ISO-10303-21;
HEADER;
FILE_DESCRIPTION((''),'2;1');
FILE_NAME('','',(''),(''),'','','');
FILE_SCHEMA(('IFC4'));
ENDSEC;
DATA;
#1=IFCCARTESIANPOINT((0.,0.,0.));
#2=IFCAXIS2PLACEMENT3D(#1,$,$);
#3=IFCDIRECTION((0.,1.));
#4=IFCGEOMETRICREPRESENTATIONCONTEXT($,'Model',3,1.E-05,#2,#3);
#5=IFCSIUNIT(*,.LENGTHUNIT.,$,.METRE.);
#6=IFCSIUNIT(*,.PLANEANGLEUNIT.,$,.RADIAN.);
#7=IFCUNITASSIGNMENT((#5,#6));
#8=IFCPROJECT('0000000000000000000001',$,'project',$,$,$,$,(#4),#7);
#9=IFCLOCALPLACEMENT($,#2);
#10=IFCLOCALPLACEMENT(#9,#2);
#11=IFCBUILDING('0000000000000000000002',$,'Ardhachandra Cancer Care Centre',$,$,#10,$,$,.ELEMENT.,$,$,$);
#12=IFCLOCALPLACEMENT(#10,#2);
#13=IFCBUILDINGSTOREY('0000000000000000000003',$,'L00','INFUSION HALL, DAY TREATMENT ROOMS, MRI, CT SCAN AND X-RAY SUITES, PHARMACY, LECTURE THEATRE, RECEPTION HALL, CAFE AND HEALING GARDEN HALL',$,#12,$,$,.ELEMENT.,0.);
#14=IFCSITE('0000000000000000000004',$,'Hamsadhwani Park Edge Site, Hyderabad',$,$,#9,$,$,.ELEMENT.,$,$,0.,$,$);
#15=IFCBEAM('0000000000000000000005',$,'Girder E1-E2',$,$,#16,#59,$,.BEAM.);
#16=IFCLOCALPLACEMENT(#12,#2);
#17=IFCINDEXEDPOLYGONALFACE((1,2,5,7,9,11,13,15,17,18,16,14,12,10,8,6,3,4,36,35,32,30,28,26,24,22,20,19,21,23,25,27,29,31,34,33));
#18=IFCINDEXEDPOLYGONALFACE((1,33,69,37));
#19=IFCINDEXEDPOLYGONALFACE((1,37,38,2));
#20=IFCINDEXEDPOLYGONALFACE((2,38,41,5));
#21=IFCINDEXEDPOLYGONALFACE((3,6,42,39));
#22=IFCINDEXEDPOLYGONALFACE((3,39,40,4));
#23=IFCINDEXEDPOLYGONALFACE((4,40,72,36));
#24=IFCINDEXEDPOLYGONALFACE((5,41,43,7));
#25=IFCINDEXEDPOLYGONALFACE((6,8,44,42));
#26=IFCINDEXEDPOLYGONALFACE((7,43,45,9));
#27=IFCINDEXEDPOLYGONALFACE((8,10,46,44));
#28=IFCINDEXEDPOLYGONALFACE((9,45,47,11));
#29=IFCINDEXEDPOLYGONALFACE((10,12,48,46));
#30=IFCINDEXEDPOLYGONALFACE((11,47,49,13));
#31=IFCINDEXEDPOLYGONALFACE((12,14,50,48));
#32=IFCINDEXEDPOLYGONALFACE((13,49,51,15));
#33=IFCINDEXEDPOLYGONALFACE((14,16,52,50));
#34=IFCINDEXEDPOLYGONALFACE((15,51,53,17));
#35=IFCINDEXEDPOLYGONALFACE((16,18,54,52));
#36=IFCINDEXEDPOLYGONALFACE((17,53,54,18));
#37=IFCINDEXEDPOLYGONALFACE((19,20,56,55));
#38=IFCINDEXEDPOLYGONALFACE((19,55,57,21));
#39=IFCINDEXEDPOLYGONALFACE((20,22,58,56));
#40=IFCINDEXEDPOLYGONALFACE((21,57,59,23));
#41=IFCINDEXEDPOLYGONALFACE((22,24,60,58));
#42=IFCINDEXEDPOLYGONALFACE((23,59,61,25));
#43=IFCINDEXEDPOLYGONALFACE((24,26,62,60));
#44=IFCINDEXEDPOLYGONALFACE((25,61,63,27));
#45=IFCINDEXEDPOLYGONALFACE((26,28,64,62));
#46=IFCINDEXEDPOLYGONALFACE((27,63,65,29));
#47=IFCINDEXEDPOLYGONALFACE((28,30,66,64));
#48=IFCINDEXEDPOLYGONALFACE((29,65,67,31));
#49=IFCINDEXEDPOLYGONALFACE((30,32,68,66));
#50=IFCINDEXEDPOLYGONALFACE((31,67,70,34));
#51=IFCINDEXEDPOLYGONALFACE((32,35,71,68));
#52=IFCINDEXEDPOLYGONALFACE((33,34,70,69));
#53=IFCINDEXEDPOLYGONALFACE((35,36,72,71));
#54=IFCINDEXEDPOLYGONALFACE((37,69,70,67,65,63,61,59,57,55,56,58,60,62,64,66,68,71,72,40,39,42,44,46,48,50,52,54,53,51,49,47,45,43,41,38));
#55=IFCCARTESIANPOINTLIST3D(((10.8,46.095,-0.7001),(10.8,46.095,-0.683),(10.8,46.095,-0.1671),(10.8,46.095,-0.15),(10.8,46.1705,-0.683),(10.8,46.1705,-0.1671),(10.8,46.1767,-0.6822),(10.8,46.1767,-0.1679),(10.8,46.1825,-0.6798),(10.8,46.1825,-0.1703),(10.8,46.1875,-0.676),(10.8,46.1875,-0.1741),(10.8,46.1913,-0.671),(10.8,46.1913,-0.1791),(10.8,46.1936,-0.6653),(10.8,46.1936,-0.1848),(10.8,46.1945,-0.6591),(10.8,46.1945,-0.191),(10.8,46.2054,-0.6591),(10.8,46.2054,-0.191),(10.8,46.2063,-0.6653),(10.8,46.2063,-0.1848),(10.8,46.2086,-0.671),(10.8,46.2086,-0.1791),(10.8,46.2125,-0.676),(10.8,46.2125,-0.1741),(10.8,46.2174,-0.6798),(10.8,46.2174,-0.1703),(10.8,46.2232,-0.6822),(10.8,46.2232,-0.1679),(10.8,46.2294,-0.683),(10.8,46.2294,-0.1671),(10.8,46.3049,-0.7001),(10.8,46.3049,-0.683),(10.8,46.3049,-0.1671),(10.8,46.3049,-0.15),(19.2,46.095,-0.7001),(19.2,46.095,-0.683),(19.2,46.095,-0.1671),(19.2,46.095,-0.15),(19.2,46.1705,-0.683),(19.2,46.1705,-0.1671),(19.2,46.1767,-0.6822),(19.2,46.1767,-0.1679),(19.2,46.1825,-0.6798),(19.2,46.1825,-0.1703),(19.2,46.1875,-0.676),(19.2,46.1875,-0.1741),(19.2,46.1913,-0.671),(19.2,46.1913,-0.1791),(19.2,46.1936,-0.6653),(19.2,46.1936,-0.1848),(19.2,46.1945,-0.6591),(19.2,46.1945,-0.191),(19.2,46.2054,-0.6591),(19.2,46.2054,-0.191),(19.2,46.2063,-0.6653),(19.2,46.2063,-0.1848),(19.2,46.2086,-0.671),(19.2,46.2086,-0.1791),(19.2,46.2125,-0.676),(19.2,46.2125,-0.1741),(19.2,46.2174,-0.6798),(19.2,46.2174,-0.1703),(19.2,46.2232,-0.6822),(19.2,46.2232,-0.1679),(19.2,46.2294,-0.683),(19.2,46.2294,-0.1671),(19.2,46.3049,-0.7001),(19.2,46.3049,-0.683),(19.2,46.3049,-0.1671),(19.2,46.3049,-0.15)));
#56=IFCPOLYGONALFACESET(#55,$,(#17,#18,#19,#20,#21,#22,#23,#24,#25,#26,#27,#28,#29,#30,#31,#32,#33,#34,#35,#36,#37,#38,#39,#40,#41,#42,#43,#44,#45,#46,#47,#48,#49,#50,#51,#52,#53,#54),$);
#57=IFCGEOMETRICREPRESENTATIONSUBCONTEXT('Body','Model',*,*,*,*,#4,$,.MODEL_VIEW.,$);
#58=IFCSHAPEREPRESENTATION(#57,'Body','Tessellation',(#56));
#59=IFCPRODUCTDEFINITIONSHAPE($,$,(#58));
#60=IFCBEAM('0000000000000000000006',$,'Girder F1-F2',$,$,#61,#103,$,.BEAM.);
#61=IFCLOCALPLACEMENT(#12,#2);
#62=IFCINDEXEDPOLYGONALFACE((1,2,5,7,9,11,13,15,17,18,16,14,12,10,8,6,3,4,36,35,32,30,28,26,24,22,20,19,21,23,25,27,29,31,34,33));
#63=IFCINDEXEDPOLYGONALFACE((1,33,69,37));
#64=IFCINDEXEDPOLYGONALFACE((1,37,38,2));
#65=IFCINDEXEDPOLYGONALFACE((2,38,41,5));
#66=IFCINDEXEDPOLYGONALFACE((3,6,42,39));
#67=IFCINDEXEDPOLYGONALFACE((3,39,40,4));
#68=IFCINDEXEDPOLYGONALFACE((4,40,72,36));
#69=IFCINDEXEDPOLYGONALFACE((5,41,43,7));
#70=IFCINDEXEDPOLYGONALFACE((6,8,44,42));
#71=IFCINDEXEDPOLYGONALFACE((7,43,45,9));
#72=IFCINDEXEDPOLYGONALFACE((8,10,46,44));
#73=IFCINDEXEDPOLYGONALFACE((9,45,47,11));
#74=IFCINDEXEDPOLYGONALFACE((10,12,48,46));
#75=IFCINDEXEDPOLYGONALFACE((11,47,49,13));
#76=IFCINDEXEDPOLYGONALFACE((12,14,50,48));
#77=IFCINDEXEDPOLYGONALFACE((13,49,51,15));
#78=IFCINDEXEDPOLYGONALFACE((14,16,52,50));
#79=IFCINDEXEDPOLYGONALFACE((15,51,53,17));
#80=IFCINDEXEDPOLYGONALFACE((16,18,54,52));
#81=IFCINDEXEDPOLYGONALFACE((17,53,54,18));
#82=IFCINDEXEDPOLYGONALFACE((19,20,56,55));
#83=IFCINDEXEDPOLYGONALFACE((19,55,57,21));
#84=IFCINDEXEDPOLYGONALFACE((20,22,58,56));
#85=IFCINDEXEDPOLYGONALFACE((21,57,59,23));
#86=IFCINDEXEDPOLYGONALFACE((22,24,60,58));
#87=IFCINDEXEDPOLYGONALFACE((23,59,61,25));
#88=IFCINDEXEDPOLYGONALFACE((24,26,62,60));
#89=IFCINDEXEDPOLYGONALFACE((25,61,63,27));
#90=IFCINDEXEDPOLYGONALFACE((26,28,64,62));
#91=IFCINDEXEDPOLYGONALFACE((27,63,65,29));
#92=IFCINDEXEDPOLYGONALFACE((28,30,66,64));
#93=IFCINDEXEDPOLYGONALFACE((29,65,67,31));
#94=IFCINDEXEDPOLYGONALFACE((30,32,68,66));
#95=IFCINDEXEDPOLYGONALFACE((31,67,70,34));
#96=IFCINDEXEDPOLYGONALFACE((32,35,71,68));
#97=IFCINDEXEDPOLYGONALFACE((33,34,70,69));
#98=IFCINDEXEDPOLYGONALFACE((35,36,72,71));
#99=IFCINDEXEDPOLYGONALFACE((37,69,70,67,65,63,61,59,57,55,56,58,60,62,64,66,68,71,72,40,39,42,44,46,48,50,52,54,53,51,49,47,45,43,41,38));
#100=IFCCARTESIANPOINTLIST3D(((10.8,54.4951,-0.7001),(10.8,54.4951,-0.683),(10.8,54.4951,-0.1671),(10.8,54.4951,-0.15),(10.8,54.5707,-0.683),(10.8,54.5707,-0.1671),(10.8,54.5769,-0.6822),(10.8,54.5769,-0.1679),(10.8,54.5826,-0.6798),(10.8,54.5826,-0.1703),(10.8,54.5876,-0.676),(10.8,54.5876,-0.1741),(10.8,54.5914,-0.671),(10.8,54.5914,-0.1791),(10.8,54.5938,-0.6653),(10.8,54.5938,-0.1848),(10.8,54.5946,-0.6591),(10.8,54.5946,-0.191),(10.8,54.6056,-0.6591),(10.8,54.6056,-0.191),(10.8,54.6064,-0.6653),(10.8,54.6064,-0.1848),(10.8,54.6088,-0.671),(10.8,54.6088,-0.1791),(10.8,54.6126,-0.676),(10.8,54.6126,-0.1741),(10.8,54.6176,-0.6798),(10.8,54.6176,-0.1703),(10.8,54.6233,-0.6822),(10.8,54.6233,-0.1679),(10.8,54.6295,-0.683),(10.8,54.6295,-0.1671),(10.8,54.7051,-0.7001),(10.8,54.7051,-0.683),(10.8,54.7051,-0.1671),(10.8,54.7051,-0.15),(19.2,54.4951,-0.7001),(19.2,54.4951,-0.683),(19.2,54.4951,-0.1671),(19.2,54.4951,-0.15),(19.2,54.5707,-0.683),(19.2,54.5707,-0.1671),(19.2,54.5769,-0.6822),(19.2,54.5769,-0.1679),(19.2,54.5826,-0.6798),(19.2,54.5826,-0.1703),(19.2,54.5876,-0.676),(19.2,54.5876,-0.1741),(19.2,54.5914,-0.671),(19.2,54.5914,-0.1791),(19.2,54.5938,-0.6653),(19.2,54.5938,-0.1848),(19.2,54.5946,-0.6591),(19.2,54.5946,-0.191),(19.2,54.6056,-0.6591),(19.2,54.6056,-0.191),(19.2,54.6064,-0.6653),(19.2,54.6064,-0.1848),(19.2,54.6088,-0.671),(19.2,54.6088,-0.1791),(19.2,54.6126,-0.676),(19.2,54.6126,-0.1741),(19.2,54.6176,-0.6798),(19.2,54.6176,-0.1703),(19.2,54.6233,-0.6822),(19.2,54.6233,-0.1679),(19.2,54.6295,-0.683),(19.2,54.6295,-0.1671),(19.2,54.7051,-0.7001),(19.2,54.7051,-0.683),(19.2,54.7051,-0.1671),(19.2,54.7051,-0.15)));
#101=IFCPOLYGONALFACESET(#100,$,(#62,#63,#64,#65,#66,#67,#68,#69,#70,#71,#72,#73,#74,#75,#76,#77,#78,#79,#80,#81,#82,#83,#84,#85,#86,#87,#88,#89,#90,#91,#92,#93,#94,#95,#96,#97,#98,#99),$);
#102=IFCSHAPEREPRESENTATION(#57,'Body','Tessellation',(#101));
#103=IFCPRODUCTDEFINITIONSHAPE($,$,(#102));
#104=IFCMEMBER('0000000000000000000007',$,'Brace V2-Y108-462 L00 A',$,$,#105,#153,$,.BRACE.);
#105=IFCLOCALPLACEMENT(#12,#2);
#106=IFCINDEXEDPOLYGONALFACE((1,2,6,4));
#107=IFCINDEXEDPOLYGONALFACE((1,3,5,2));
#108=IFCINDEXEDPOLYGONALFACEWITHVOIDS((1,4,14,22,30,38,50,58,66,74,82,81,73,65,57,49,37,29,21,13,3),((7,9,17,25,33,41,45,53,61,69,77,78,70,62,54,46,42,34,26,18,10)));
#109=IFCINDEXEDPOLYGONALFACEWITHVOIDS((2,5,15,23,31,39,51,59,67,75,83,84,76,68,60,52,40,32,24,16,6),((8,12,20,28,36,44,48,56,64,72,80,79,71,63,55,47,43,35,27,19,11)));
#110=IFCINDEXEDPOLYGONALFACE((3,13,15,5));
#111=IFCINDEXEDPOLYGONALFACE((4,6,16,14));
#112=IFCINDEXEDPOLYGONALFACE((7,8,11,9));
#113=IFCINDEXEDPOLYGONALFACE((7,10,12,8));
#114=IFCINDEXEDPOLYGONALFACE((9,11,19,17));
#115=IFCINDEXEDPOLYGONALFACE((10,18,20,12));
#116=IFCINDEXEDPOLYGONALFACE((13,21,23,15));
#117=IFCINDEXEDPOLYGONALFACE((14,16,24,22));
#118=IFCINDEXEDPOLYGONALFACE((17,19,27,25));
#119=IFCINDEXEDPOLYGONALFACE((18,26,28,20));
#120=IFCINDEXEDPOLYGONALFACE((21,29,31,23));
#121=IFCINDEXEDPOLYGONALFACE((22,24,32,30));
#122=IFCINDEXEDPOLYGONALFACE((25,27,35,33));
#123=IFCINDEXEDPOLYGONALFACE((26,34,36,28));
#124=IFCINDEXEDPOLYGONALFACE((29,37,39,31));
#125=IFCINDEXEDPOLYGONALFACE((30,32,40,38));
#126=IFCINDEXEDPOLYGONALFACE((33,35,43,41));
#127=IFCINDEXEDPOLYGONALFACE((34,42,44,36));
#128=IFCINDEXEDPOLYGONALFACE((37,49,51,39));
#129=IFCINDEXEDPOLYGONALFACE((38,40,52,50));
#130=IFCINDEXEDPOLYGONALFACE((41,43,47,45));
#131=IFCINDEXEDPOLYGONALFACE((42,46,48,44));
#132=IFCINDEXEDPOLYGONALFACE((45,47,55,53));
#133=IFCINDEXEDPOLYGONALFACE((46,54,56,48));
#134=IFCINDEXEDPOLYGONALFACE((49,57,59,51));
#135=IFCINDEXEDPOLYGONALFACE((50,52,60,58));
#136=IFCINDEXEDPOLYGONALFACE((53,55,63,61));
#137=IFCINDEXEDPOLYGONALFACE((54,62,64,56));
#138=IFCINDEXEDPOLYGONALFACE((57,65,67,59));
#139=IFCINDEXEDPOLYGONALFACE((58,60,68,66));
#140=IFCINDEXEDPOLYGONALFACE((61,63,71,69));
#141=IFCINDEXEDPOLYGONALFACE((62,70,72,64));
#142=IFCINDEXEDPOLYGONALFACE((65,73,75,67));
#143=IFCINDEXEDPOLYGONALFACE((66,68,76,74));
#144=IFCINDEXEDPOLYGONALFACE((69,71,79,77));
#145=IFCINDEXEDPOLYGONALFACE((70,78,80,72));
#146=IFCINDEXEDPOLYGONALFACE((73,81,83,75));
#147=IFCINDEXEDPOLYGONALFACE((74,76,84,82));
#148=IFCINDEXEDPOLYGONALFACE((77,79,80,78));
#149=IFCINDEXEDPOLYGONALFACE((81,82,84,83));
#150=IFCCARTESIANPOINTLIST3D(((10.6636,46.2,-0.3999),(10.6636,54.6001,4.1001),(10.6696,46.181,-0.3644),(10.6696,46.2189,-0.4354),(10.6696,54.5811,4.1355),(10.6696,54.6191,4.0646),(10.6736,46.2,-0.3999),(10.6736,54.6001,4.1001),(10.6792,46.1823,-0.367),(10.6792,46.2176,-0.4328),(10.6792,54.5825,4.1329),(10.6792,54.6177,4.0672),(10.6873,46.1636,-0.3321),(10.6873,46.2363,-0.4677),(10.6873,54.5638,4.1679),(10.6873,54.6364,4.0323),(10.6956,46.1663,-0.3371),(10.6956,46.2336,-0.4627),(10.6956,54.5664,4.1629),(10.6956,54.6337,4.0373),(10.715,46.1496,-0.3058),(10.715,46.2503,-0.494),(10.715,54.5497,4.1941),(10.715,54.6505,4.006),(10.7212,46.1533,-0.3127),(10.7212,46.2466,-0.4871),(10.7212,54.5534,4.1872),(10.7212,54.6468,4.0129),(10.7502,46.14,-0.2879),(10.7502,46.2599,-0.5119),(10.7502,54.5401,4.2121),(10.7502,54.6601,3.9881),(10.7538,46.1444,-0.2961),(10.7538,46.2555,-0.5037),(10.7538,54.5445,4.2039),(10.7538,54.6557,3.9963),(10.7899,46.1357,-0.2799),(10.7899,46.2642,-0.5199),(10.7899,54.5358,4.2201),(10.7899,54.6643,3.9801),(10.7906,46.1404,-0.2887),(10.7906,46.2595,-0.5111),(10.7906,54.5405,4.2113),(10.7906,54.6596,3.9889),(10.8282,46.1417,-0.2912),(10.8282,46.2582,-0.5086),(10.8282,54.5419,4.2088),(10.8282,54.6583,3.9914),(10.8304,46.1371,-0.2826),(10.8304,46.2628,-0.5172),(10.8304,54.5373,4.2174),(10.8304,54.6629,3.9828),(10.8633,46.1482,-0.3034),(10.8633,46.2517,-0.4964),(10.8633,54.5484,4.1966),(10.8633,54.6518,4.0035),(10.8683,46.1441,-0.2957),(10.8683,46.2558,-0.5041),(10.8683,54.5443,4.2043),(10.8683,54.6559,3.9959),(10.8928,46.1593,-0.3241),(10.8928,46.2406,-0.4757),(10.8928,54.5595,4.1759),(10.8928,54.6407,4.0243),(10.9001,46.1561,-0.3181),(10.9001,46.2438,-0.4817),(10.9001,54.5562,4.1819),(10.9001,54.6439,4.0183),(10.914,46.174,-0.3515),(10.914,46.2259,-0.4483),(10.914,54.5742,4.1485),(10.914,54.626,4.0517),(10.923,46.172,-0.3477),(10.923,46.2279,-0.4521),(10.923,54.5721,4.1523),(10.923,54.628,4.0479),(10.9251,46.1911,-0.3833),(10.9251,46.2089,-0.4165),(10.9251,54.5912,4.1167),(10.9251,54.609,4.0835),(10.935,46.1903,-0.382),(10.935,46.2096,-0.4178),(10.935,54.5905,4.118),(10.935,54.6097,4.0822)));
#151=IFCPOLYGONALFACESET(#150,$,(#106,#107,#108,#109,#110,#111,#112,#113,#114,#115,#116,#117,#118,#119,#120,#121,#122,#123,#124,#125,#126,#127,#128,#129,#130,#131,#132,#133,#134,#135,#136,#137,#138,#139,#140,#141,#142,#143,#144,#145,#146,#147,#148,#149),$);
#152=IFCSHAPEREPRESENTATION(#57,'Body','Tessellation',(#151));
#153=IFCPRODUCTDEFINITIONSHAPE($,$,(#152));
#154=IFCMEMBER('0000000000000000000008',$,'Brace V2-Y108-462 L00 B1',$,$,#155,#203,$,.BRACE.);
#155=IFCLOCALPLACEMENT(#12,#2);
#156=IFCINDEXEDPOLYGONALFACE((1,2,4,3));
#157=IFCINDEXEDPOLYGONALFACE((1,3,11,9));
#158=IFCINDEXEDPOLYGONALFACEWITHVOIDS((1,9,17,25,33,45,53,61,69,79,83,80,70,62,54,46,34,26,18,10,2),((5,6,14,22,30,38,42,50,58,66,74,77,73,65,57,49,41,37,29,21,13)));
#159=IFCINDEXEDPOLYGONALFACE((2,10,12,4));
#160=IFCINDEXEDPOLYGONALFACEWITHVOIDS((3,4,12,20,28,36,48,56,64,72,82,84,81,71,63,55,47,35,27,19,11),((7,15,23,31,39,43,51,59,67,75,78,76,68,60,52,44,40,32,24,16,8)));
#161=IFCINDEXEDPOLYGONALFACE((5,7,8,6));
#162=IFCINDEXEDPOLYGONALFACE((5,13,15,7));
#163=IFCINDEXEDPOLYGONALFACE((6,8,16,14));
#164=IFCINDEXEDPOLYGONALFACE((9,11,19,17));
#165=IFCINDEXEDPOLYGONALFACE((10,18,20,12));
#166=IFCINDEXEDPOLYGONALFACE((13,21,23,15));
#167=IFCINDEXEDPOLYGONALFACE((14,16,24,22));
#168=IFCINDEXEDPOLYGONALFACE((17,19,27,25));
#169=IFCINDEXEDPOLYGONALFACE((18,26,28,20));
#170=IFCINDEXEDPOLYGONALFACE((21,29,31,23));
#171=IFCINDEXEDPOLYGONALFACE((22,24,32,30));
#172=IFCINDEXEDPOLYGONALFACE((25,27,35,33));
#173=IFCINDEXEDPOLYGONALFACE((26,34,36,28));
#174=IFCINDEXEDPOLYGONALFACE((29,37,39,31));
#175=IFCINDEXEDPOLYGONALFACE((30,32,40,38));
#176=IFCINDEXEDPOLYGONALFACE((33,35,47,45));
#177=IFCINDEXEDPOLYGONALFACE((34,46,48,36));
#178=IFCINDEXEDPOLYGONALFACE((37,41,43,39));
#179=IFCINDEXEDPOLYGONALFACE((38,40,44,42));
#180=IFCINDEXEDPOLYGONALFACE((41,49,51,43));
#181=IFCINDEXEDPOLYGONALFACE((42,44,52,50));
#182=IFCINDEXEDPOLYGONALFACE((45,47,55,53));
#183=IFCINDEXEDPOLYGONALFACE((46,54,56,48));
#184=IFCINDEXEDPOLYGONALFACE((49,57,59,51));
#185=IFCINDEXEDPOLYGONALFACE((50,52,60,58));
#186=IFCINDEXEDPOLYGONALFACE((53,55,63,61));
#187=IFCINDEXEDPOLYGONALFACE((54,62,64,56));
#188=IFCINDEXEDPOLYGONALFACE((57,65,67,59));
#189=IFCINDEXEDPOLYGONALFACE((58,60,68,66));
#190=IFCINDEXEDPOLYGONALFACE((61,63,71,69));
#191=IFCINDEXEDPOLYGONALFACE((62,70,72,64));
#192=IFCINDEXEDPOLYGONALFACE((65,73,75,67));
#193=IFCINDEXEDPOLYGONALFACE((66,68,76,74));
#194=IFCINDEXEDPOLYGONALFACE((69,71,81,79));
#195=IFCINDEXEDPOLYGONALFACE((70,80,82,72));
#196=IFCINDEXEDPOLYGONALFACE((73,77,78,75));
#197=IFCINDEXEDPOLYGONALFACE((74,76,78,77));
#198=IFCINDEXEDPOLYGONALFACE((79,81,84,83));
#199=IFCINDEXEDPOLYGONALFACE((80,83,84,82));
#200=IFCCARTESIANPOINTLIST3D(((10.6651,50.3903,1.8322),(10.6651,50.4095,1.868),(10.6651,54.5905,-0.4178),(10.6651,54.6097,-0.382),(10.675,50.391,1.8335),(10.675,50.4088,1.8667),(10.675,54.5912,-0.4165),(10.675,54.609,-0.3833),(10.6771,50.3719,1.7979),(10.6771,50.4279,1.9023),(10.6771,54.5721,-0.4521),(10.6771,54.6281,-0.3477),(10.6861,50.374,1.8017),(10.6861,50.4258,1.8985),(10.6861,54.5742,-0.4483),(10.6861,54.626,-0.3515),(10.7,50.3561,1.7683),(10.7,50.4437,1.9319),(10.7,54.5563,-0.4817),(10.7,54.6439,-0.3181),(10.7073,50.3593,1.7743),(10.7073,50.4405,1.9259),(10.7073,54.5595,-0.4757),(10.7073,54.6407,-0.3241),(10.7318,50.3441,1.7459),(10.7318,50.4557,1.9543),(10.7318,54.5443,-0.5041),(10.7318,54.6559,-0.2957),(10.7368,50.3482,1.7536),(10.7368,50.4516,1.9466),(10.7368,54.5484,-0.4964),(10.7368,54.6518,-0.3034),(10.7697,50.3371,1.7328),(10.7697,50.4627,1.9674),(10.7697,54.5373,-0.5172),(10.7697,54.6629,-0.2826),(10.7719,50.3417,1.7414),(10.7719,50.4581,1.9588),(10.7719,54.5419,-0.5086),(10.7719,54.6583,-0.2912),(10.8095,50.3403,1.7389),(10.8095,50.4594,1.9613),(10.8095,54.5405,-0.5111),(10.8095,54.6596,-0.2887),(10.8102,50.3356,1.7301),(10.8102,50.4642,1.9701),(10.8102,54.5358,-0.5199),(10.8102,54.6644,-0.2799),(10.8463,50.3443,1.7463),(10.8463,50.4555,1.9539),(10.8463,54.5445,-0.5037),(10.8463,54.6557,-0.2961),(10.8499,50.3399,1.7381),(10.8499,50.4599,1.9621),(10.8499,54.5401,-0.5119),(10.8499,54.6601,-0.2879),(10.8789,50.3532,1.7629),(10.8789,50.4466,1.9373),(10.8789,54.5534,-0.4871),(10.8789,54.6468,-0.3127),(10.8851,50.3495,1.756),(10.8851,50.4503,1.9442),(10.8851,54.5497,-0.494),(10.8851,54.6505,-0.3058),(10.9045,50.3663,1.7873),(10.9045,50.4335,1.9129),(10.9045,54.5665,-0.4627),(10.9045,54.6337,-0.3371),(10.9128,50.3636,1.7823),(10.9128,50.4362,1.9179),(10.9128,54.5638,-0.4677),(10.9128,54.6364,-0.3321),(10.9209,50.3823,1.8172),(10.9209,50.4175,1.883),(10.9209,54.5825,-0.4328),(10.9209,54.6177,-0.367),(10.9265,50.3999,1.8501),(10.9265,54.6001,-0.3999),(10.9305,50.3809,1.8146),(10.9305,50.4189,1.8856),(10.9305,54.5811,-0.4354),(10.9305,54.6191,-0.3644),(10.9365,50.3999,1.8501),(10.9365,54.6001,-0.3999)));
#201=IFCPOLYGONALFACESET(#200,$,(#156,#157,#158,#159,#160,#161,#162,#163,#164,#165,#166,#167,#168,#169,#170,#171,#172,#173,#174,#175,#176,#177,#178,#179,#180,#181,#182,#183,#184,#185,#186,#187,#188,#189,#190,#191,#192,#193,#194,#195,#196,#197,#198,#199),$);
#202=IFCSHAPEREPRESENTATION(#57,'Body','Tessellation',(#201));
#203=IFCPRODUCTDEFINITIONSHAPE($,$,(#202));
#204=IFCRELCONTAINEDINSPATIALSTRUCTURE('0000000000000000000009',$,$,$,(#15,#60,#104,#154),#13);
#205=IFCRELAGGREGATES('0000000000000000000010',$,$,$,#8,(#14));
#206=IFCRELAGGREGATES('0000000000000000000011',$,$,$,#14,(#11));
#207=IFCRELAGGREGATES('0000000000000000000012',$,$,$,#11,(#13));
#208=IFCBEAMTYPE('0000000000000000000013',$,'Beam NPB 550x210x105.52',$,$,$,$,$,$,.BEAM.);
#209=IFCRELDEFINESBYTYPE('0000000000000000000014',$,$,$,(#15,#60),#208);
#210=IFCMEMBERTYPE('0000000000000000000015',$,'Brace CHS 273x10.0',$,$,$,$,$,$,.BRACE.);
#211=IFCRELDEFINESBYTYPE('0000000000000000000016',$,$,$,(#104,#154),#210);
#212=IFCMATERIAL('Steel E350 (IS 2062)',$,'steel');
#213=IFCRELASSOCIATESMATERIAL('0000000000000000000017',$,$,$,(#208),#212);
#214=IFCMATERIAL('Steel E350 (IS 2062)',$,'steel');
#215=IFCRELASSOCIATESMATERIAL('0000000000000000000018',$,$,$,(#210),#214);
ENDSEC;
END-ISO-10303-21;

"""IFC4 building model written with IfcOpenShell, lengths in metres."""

from ifc_helpers import new_model, si_unit, direction, frame, origin, origin_2d, place, context, subcontext, project, spatial, hollow_circle, i_section, extrude, material, material_profile, profile_set, type_object, element, save


model = new_model("IFC4")

# Units and contexts
model_context = context("Model", 3, precision=1e-05, world=origin(), true_north=direction((0.0, 1.0)))
body_context = subcontext(model_context, "Body", "Model", "MODEL_VIEW")
ifc_project = project(units=[si_unit("LENGTHUNIT", "METRE"), si_unit("PLANEANGLEUNIT", "RADIAN")], contexts=[model_context])

# Site, building, storey
site_placement = place(None, origin())
site = spatial("IfcSite", under=ifc_project, at=site_placement, Name="Hamsadhwani Park Edge Site, Hyderabad", CompositionType="ELEMENT", RefElevation=0.0)
building_placement = place(site_placement, origin())
building = spatial("IfcBuilding", under=site, at=building_placement, Name="Ardhachandra Cancer Care Centre", CompositionType="ELEMENT")
storey_placement = place(building_placement, origin())
storey = spatial("IfcBuildingStorey", under=building, at=storey_placement, Name="L00", Description="INFUSION HALL, DAY TREATMENT ROOMS, MRI, CT SCAN AND X-RAY SUITES, PHARMACY, LECTURE THEATRE, RECEPTION HALL, CAFE AND HEALING GARDEN HALL", CompositionType="ELEMENT", Elevation=0.0)

# Beams
ifc_material_1 = material(Name="Steel E350 (IS 2062)", Category="steel")
ifc_material_profile_1 = material_profile(ifc_material_1, i_section(OverallWidth=0.21, OverallDepth=0.55, WebThickness=0.011, FlangeThickness=0.0171, FilletRadius=0.0239, at=origin_2d()), Name="NPB 550x210x105.52")
ifc_profile_set_1 = profile_set([ifc_material_profile_1], Name="Steel E350 (IS 2062)")
beam_type_1 = type_object("IfcBeamType", Name="Beam NPB 550x210x105.52", PredefinedType="BEAM", material=ifc_profile_set_1)
for number, where, z_axis, x_axis, name in (
    (1, (10.8, 46.2, -0.425), (1.0, 0.0, 0.0), (0.0, 1.0, 0.0), "Girder E1-E2"),
    (2, (10.8, 54.6001, -0.425), (1.0, 0.0, 0.0), (0.0, 1.0, 0.0), "Girder F1-F2"),
):
    element("IfcBeam", number, at=place(storey_placement, frame(where, z_axis=z_axis, x_axis=x_axis)), inside=storey, type_object=beam_type_1, Name=name, PredefinedType="BEAM", context=body_context, shape_type="SweptSolid", body=[
        extrude(i_section(OverallWidth=0.21, OverallDepth=0.55, WebThickness=0.011, FlangeThickness=0.0171, FilletRadius=0.0239, at=origin_2d()), origin(), (0.0, 0.0, 1.0), 8.3999),
    ])

# Members
ifc_material_2 = material(Name="Steel E350 (IS 2062)", Category="steel")
ifc_material_profile_2 = material_profile(ifc_material_2, hollow_circle(Radius=0.1365, WallThickness=0.01, at=origin_2d()), Name="CHS 273x10.0")
ifc_profile_set_2 = profile_set([ifc_material_profile_2], Name="Steel E350 (IS 2062)")
member_type = type_object("IfcMemberType", Name="Brace CHS 273x10.0", PredefinedType="BRACE", material=ifc_profile_set_2)
member_1_placement = place(storey_placement, frame((10.8, 46.2, -0.3999), z_axis=(0.0, 0.881483, 0.472215), x_axis=(-1.0, 0.0, 0.0)))
element("IfcMember", 3, at=member_1_placement, inside=storey, type_object=member_type, Name="Brace V2-Y108-462 L00 A", PredefinedType="BRACE", context=body_context, shape_type="SweptSolid", body=[
    extrude(hollow_circle(Radius=0.1365, WallThickness=0.01, at=origin_2d()), origin(), (0.0, 0.0, 1.0), 9.5295),
])
member_2_placement = place(storey_placement, frame((10.8, 54.6001, -0.3999), z_axis=(0.0, -0.881489, 0.472204), x_axis=(1.0, 0.0, 0.0)))
element("IfcMember", 4, at=member_2_placement, inside=storey, type_object=member_type, Name="Brace V2-Y108-462 L00 B1", PredefinedType="BRACE", context=body_context, shape_type="SweptSolid", body=[
    extrude(hollow_circle(Radius=0.1365, WallThickness=0.01, at=origin_2d()), origin(), (0.0, 0.0, 1.0), 4.7649),
])

save(model, "model.ifc")
